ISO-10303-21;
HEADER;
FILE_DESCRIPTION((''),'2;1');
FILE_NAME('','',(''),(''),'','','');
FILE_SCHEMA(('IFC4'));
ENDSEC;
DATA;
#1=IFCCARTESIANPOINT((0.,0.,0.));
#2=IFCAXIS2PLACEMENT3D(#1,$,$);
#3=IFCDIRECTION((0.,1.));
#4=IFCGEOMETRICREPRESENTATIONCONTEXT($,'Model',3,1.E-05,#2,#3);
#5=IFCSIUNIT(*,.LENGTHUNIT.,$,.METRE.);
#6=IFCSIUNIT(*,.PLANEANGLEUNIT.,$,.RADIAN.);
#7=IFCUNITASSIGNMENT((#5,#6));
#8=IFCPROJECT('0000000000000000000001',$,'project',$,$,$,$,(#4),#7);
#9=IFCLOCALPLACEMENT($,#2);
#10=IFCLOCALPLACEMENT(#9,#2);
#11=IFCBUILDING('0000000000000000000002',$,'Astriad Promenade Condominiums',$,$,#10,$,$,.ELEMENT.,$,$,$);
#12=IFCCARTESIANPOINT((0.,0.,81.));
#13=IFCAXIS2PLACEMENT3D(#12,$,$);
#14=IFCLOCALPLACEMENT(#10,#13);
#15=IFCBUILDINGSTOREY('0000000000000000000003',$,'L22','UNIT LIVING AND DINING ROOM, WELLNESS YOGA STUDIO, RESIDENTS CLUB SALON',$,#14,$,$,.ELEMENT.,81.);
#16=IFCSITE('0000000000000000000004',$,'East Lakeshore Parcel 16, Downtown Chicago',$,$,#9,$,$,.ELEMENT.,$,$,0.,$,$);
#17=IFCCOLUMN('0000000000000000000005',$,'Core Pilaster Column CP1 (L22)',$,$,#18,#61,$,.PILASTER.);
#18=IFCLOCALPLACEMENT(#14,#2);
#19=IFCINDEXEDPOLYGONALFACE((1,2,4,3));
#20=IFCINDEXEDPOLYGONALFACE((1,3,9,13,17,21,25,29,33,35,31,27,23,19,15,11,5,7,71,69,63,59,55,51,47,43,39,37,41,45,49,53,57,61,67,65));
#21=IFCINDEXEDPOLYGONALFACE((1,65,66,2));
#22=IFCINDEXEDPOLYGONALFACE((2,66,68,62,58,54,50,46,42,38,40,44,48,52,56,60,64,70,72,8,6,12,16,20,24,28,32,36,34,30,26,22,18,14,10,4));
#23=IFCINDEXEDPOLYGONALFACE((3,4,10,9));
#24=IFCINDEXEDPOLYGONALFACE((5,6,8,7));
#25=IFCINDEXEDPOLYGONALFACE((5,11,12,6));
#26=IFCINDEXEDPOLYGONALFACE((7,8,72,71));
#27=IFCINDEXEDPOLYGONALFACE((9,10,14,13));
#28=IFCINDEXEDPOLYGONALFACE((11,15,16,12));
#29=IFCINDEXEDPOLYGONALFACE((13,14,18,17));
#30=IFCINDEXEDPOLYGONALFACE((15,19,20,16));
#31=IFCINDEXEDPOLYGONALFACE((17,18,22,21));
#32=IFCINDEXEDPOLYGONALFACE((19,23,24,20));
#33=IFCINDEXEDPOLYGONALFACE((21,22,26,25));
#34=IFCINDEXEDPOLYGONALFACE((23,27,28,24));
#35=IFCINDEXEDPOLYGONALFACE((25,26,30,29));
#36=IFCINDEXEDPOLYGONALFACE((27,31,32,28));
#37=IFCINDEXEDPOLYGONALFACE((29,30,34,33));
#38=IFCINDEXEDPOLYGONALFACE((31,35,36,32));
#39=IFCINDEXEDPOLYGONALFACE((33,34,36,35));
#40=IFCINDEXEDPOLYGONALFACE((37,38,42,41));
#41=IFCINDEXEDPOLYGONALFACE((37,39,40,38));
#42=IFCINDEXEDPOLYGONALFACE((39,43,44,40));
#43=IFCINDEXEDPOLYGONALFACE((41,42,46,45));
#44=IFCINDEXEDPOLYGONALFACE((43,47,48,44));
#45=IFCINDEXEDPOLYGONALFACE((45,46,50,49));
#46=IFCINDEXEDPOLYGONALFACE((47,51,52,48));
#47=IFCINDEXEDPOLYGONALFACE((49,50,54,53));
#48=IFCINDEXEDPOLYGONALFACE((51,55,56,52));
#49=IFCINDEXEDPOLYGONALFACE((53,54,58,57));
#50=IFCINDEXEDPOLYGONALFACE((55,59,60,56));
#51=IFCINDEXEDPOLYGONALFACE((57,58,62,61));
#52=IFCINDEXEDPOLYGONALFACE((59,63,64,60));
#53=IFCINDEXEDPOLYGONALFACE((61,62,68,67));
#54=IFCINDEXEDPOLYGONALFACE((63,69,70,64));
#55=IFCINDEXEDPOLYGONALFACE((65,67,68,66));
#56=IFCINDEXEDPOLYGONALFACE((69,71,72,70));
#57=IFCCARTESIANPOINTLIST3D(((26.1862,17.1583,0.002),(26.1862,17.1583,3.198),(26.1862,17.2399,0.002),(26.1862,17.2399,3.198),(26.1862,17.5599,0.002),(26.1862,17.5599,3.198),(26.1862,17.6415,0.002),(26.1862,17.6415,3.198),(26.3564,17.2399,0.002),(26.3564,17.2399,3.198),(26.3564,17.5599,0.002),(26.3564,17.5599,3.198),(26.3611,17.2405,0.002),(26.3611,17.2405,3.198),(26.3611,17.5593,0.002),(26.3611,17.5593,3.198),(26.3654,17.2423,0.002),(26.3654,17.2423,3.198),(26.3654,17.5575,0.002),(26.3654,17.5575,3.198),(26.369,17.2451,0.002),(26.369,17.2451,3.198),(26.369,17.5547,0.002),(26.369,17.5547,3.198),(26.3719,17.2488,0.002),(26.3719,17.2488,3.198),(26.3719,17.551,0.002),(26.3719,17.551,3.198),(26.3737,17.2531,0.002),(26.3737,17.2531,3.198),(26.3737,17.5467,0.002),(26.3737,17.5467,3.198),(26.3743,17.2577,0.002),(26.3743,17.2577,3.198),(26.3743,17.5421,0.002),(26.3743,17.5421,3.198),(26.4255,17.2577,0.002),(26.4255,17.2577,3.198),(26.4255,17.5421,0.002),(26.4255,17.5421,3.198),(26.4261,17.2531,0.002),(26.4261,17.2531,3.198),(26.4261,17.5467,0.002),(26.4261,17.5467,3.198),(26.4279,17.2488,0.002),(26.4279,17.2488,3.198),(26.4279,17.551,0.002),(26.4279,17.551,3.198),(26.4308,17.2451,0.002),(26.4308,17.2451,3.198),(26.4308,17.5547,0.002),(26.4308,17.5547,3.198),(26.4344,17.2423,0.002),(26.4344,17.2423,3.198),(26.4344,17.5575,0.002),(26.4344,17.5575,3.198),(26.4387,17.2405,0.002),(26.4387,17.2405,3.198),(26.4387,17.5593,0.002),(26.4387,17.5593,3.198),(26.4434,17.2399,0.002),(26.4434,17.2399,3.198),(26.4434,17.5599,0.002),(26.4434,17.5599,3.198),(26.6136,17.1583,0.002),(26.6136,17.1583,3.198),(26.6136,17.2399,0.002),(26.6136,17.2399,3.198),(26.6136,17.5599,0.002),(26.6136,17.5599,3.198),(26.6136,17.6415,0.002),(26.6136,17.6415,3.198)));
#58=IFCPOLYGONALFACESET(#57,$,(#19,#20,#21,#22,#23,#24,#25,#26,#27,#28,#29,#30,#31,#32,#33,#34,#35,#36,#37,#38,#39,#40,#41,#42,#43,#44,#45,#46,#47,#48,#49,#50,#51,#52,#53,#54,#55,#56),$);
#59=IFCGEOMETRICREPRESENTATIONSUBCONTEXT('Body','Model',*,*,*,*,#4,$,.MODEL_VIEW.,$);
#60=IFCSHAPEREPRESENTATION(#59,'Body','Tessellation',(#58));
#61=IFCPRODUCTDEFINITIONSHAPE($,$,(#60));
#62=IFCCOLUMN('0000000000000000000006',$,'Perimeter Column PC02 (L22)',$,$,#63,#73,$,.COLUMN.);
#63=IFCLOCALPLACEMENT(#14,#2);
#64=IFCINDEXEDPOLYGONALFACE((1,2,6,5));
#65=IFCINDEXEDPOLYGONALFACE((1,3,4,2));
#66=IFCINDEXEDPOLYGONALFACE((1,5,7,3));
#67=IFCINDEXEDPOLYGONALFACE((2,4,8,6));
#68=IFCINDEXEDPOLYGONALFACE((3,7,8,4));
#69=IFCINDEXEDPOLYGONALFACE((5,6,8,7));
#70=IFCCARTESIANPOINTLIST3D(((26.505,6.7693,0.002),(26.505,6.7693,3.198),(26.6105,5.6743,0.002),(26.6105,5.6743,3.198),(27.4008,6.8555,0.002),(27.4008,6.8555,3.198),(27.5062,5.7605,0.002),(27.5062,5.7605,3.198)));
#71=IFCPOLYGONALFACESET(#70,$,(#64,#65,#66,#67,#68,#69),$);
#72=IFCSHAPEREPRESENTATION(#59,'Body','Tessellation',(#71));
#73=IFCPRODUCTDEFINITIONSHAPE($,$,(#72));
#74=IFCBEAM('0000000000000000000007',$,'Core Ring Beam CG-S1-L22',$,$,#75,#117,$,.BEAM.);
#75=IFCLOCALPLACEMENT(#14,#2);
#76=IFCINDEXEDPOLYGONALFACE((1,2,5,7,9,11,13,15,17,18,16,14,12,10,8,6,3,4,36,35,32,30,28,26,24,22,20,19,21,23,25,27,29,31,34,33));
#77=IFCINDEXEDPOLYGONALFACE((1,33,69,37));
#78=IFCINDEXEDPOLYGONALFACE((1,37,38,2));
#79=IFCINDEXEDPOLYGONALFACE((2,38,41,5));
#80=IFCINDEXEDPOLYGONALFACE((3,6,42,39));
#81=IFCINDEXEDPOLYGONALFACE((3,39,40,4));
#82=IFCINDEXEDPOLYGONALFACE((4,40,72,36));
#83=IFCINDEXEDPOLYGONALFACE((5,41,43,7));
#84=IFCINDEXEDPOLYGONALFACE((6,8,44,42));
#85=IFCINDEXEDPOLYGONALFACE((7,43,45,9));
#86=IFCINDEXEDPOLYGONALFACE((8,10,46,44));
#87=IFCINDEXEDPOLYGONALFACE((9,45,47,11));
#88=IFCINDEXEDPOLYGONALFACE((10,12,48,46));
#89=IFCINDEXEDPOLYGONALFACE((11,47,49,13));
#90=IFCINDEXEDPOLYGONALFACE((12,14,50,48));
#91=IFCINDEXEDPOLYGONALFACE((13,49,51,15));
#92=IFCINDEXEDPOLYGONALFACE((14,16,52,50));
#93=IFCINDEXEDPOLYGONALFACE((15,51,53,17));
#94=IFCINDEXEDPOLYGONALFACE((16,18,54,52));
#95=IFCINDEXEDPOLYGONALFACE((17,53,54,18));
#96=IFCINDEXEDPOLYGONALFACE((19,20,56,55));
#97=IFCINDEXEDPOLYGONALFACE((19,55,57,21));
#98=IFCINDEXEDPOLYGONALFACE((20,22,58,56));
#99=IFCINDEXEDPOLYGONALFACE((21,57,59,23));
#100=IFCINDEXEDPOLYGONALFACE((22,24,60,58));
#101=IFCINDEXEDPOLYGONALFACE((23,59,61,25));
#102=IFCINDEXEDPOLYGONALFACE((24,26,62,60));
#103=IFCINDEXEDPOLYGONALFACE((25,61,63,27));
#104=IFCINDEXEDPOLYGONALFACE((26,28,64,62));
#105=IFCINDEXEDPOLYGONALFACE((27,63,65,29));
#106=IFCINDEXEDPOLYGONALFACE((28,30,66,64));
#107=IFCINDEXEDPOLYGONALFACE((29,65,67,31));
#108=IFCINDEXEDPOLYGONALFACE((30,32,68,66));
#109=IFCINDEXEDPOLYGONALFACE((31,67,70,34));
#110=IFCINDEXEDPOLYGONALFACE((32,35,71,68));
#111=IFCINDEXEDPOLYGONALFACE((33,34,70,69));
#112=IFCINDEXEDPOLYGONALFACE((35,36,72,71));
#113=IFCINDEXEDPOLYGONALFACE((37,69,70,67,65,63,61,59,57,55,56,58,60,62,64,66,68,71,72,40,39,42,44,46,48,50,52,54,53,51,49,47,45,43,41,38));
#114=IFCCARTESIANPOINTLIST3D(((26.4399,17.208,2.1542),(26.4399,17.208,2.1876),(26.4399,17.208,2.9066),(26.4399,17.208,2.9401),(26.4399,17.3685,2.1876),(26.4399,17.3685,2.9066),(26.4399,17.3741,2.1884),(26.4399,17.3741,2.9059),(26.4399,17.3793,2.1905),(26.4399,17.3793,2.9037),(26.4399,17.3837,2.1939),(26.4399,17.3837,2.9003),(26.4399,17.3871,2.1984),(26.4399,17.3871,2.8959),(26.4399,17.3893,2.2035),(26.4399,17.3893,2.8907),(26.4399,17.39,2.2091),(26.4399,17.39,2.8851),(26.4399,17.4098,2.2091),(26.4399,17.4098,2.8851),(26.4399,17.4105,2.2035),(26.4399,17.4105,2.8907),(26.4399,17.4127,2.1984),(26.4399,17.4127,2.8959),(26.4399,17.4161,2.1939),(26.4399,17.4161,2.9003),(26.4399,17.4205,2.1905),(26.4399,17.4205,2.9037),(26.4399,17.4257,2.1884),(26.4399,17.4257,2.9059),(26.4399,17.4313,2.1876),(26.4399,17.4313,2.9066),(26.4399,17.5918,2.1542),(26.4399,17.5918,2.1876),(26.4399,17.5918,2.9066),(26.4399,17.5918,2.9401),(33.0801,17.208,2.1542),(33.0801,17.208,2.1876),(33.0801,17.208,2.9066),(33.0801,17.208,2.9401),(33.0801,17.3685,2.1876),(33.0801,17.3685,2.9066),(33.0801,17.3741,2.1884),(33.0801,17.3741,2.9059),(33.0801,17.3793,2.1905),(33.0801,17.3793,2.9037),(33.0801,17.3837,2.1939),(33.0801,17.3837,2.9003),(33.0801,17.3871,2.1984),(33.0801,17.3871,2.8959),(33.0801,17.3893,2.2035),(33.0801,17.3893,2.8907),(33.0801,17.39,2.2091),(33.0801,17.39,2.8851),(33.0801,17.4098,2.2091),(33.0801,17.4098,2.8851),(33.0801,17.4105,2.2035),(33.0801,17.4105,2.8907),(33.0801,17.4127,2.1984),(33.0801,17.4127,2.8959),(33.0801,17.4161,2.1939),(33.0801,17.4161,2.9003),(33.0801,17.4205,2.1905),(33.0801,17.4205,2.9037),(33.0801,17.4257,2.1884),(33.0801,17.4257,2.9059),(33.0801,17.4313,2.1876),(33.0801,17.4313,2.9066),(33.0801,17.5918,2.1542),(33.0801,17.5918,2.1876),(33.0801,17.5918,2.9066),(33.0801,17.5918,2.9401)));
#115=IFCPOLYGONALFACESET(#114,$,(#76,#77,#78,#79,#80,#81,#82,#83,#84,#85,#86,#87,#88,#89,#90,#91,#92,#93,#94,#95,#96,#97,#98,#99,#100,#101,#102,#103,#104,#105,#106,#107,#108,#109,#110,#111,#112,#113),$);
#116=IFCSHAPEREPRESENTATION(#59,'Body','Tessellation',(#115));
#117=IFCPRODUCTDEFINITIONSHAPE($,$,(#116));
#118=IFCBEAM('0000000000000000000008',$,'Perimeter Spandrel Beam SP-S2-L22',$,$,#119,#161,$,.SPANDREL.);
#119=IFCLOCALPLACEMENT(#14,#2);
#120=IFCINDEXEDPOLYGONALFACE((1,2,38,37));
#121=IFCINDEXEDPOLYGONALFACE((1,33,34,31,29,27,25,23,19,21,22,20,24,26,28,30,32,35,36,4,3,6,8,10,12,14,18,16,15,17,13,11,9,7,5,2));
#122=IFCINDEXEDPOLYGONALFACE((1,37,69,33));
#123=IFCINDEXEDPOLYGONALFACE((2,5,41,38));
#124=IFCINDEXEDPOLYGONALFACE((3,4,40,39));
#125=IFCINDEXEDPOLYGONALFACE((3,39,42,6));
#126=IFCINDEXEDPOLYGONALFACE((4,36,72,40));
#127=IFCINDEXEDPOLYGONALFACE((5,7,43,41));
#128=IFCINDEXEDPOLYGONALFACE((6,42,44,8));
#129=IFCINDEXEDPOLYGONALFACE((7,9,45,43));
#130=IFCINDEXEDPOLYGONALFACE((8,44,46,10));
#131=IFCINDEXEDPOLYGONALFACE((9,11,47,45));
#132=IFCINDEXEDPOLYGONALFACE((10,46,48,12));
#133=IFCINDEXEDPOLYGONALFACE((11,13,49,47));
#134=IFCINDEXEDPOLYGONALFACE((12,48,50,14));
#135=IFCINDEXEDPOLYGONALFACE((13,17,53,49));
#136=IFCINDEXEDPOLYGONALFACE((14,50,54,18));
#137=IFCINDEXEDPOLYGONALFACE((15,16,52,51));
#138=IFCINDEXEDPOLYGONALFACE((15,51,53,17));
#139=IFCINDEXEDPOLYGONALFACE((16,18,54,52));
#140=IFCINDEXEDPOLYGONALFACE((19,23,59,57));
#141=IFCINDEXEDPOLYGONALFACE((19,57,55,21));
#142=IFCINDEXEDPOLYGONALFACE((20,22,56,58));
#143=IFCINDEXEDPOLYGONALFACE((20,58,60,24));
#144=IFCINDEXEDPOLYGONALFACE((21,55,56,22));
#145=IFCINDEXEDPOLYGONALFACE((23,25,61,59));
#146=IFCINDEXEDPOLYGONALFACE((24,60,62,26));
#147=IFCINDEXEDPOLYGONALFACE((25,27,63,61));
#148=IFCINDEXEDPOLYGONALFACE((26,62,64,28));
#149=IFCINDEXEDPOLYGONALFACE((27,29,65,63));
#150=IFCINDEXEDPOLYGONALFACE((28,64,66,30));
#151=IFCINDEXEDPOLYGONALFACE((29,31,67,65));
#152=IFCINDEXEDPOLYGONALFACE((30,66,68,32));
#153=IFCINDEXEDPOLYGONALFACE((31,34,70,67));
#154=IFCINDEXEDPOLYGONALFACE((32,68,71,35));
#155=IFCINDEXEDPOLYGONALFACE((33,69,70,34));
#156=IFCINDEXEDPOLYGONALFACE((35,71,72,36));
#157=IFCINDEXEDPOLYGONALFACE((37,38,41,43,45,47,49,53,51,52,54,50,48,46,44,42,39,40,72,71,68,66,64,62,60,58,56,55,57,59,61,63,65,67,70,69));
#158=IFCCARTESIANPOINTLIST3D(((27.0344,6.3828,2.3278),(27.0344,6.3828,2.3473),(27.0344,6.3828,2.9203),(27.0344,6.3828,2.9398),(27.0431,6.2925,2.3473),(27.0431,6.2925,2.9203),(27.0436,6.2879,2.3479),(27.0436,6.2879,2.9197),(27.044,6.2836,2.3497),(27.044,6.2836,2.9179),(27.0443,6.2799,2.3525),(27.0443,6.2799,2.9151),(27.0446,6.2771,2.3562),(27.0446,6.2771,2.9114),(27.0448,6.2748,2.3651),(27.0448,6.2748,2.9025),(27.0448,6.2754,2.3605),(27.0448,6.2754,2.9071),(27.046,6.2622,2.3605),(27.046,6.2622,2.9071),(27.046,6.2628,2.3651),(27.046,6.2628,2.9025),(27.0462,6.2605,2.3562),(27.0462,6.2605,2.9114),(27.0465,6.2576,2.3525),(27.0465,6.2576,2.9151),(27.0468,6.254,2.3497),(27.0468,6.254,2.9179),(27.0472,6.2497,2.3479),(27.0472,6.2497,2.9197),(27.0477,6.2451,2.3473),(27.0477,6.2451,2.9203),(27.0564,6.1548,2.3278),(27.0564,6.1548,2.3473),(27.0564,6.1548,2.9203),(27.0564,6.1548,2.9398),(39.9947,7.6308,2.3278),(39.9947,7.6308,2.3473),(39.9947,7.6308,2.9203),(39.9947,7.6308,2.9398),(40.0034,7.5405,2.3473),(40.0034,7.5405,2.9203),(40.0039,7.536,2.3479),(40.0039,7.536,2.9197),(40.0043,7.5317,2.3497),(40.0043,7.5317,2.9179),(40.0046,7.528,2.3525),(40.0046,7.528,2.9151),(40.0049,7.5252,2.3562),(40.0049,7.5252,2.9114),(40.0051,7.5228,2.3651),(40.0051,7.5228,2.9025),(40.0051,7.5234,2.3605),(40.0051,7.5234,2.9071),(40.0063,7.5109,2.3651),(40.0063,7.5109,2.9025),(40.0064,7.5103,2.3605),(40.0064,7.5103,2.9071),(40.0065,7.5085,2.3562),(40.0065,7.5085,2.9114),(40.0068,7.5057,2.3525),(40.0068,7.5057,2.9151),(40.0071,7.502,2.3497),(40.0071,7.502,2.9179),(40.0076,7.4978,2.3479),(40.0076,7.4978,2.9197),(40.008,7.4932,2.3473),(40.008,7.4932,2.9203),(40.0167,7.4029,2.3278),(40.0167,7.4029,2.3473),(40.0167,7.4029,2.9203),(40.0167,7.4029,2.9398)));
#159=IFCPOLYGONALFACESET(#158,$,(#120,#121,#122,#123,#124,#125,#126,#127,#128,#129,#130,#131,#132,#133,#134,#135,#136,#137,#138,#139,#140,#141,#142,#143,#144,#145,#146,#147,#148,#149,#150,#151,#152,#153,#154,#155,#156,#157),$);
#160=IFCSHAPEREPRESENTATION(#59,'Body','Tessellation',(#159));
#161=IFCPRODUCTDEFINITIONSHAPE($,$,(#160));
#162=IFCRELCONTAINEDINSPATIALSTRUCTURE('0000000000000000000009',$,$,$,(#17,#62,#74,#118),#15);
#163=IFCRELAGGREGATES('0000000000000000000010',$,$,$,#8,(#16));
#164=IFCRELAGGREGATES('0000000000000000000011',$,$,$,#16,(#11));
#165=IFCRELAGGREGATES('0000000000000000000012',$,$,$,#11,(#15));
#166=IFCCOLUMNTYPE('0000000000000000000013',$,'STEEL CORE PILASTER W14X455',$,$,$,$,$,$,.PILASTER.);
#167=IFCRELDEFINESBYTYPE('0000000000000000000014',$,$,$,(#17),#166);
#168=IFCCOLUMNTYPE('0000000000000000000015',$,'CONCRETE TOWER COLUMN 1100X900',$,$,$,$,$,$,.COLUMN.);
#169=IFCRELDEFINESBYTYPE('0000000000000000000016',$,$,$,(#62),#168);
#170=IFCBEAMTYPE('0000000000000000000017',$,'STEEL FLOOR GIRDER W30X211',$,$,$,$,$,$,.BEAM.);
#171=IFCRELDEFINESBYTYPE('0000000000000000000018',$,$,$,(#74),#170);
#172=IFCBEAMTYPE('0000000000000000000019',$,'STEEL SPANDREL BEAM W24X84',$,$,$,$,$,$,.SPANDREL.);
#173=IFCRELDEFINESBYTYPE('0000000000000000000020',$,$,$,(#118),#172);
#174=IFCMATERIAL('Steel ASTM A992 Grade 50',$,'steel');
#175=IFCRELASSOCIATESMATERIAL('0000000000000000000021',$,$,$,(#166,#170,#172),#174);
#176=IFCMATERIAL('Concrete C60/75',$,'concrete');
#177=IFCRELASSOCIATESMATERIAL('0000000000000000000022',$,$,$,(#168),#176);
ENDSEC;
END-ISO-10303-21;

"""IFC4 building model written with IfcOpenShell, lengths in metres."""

from ifc_helpers import new_model, si_unit, direction, frame, origin, origin_2d, place, context, subcontext, project, spatial, rectangle, i_section, extrude, source, transform, mapped, material, material_profile, profile_set, type_object, type_shapes, element, save


model = new_model("IFC4")

# Units and contexts
model_context = context("Model", 3, precision=1e-05, world=origin(), true_north=direction((0.0, 1.0)))
body_context = subcontext(model_context, "Body", "Model", "MODEL_VIEW")
ifc_project = project(units=[si_unit("LENGTHUNIT", "METRE"), si_unit("PLANEANGLEUNIT", "RADIAN")], contexts=[model_context])

# Site, building, storey
site_placement = place(None, origin())
site = spatial("IfcSite", under=ifc_project, at=site_placement, Name="East Lakeshore Parcel 16, Downtown Chicago", CompositionType="ELEMENT", RefElevation=0.0)
building_placement = place(site_placement, origin())
building = spatial("IfcBuilding", under=site, at=building_placement, Name="Astriad Promenade Condominiums", CompositionType="ELEMENT")
storey_placement = place(building_placement, frame((0.0, 0.0, 81.0)))
storey = spatial("IfcBuildingStorey", under=building, at=storey_placement, Name="L22", Description="UNIT LIVING AND DINING ROOM, WELLNESS YOGA STUDIO, RESIDENTS CLUB SALON", CompositionType="ELEMENT", Elevation=81.0)

# Columns
ifc_material_1 = material(Name="Steel ASTM A992 Grade 50", Category="steel")
ifc_material_profile_1 = material_profile(ifc_material_1, i_section(OverallWidth=0.4275, OverallDepth=0.4832, WebThickness=0.0513, FlangeThickness=0.0815, FilletRadius=0.0178, at=origin_2d()), Name="W14X455")
ifc_profile_set_1 = profile_set([ifc_material_profile_1], Name="Steel ASTM A992 Grade 50")
column_type_1 = type_object("IfcColumnType", Name="STEEL CORE PILASTER W14X455", PredefinedType="PILASTER", material=ifc_profile_set_1)
shared_shape_1 = source(origin(), body_context, "Body", "SweptSolid", [
    extrude(i_section(OverallWidth=0.4275, OverallDepth=0.4832, WebThickness=0.0513, FlangeThickness=0.0815, FilletRadius=0.0178, at=origin_2d()), origin(), (0.0, 0.0, 1.0), 3.196),
])
type_shapes(column_type_1, [shared_shape_1])
column_1_placement = place(storey_placement, frame((26.3999, 17.3999, 0.002), z_axis=(0.0, 0.0, 1.0), x_axis=(1.0, 0.0, 0.0)))
element("IfcColumn", 1, at=column_1_placement, inside=storey, type_object=column_type_1, Name="Core Pilaster Column CP1 (L22)", PredefinedType="PILASTER", context=body_context, shape_type="MappedRepresentation", body=[
    mapped(shared_shape_1, transform((0.0, 0.0, 0.0), scale=1.0)),
])
ifc_material_2 = material(Name="Concrete C60/75", Category="concrete")
ifc_material_profile_2 = material_profile(ifc_material_2, rectangle(XDim=0.8999, YDim=1.1001, at=origin_2d()), Name="RC-COL-1100X900")
ifc_profile_set_2 = profile_set([ifc_material_profile_2], Name="Concrete C60/75")
column_type_2 = type_object("IfcColumnType", Name="CONCRETE TOWER COLUMN 1100X900", PredefinedType="COLUMN", material=ifc_profile_set_2)
shared_shape_2 = source(origin(), body_context, "Body", "SweptSolid", [
    extrude(rectangle(XDim=0.8999, YDim=1.1001, at=origin_2d()), origin(), (0.0, 0.0, 1.0), 3.196),
])
type_shapes(column_type_2, [shared_shape_2])
column_2_placement = place(storey_placement, frame((27.0056, 6.2649, 0.002), z_axis=(0.0, 0.0, 1.0), x_axis=(0.995396, 0.095846, 0.0)))
element("IfcColumn", 2, at=column_2_placement, inside=storey, type_object=column_type_2, Name="Perimeter Column PC02 (L22)", PredefinedType="COLUMN", context=body_context, shape_type="MappedRepresentation", body=[
    mapped(shared_shape_2, transform((0.0, 0.0, 0.0), scale=1.0)),
])

# Beams
ifc_material_profile_3 = material_profile(ifc_material_1, i_section(OverallWidth=0.3838, OverallDepth=0.7859, WebThickness=0.0198, FlangeThickness=0.0334, FilletRadius=0.0215, at=origin_2d()), Name="W30X211")
ifc_profile_set_3 = profile_set([ifc_material_profile_3], Name="Steel ASTM A992 Grade 50")
beam_type_1 = type_object("IfcBeamType", Name="STEEL FLOOR GIRDER W30X211", PredefinedType="BEAM", material=ifc_profile_set_3)
shared_shape_3 = source(origin(), body_context, "Body", "SweptSolid", [
    extrude(i_section(OverallWidth=0.3838, OverallDepth=0.7859, WebThickness=0.0198, FlangeThickness=0.0334, FilletRadius=0.0215, at=origin_2d()), origin(), (0.0, 0.0, 1.0), 6.6401),
])
type_shapes(beam_type_1, [shared_shape_3])
beam_1_placement = place(storey_placement, frame((26.4399, 17.3999, 2.5471), z_axis=(1.0, 0.0, 0.0), x_axis=(0.0, 1.0, 0.0)))
element("IfcBeam", 3, at=beam_1_placement, inside=storey, type_object=beam_type_1, Name="Core Ring Beam CG-S1-L22", PredefinedType="BEAM", context=body_context, shape_type="MappedRepresentation", body=[
    mapped(shared_shape_3, transform((0.0, 0.0, 0.0), scale=1.0)),
])
ifc_material_profile_4 = material_profile(ifc_material_1, i_section(OverallWidth=0.229, OverallDepth=0.6121, WebThickness=0.012, FlangeThickness=0.0195, FilletRadius=0.0178, at=origin_2d()), Name="W24X84")
ifc_profile_set_4 = profile_set([ifc_material_profile_4], Name="Steel ASTM A992 Grade 50")
beam_type_2 = type_object("IfcBeamType", Name="STEEL SPANDREL BEAM W24X84", PredefinedType="SPANDREL", material=ifc_profile_set_4)
shared_shape_4 = source(origin(), body_context, "Body", "SweptSolid", [
    extrude(i_section(OverallWidth=0.229, OverallDepth=0.6121, WebThickness=0.012, FlangeThickness=0.0195, FilletRadius=0.0178, at=origin_2d()), origin(), (0.0, 0.0, 1.0), 13.0203),
])
type_shapes(beam_type_2, [shared_shape_4])
beam_2_placement = place(storey_placement, frame((27.0454, 6.2688, 2.6338), z_axis=(0.995395, 0.095855, 0.0), x_axis=(-0.095855, 0.995395, 0.0)))
element("IfcBeam", 4, at=beam_2_placement, inside=storey, type_object=beam_type_2, Name="Perimeter Spandrel Beam SP-S2-L22", PredefinedType="SPANDREL", context=body_context, shape_type="MappedRepresentation", body=[
    mapped(shared_shape_4, transform((0.0, 0.0, 0.0), scale=1.0)),
])

save(model, "model.ifc")
